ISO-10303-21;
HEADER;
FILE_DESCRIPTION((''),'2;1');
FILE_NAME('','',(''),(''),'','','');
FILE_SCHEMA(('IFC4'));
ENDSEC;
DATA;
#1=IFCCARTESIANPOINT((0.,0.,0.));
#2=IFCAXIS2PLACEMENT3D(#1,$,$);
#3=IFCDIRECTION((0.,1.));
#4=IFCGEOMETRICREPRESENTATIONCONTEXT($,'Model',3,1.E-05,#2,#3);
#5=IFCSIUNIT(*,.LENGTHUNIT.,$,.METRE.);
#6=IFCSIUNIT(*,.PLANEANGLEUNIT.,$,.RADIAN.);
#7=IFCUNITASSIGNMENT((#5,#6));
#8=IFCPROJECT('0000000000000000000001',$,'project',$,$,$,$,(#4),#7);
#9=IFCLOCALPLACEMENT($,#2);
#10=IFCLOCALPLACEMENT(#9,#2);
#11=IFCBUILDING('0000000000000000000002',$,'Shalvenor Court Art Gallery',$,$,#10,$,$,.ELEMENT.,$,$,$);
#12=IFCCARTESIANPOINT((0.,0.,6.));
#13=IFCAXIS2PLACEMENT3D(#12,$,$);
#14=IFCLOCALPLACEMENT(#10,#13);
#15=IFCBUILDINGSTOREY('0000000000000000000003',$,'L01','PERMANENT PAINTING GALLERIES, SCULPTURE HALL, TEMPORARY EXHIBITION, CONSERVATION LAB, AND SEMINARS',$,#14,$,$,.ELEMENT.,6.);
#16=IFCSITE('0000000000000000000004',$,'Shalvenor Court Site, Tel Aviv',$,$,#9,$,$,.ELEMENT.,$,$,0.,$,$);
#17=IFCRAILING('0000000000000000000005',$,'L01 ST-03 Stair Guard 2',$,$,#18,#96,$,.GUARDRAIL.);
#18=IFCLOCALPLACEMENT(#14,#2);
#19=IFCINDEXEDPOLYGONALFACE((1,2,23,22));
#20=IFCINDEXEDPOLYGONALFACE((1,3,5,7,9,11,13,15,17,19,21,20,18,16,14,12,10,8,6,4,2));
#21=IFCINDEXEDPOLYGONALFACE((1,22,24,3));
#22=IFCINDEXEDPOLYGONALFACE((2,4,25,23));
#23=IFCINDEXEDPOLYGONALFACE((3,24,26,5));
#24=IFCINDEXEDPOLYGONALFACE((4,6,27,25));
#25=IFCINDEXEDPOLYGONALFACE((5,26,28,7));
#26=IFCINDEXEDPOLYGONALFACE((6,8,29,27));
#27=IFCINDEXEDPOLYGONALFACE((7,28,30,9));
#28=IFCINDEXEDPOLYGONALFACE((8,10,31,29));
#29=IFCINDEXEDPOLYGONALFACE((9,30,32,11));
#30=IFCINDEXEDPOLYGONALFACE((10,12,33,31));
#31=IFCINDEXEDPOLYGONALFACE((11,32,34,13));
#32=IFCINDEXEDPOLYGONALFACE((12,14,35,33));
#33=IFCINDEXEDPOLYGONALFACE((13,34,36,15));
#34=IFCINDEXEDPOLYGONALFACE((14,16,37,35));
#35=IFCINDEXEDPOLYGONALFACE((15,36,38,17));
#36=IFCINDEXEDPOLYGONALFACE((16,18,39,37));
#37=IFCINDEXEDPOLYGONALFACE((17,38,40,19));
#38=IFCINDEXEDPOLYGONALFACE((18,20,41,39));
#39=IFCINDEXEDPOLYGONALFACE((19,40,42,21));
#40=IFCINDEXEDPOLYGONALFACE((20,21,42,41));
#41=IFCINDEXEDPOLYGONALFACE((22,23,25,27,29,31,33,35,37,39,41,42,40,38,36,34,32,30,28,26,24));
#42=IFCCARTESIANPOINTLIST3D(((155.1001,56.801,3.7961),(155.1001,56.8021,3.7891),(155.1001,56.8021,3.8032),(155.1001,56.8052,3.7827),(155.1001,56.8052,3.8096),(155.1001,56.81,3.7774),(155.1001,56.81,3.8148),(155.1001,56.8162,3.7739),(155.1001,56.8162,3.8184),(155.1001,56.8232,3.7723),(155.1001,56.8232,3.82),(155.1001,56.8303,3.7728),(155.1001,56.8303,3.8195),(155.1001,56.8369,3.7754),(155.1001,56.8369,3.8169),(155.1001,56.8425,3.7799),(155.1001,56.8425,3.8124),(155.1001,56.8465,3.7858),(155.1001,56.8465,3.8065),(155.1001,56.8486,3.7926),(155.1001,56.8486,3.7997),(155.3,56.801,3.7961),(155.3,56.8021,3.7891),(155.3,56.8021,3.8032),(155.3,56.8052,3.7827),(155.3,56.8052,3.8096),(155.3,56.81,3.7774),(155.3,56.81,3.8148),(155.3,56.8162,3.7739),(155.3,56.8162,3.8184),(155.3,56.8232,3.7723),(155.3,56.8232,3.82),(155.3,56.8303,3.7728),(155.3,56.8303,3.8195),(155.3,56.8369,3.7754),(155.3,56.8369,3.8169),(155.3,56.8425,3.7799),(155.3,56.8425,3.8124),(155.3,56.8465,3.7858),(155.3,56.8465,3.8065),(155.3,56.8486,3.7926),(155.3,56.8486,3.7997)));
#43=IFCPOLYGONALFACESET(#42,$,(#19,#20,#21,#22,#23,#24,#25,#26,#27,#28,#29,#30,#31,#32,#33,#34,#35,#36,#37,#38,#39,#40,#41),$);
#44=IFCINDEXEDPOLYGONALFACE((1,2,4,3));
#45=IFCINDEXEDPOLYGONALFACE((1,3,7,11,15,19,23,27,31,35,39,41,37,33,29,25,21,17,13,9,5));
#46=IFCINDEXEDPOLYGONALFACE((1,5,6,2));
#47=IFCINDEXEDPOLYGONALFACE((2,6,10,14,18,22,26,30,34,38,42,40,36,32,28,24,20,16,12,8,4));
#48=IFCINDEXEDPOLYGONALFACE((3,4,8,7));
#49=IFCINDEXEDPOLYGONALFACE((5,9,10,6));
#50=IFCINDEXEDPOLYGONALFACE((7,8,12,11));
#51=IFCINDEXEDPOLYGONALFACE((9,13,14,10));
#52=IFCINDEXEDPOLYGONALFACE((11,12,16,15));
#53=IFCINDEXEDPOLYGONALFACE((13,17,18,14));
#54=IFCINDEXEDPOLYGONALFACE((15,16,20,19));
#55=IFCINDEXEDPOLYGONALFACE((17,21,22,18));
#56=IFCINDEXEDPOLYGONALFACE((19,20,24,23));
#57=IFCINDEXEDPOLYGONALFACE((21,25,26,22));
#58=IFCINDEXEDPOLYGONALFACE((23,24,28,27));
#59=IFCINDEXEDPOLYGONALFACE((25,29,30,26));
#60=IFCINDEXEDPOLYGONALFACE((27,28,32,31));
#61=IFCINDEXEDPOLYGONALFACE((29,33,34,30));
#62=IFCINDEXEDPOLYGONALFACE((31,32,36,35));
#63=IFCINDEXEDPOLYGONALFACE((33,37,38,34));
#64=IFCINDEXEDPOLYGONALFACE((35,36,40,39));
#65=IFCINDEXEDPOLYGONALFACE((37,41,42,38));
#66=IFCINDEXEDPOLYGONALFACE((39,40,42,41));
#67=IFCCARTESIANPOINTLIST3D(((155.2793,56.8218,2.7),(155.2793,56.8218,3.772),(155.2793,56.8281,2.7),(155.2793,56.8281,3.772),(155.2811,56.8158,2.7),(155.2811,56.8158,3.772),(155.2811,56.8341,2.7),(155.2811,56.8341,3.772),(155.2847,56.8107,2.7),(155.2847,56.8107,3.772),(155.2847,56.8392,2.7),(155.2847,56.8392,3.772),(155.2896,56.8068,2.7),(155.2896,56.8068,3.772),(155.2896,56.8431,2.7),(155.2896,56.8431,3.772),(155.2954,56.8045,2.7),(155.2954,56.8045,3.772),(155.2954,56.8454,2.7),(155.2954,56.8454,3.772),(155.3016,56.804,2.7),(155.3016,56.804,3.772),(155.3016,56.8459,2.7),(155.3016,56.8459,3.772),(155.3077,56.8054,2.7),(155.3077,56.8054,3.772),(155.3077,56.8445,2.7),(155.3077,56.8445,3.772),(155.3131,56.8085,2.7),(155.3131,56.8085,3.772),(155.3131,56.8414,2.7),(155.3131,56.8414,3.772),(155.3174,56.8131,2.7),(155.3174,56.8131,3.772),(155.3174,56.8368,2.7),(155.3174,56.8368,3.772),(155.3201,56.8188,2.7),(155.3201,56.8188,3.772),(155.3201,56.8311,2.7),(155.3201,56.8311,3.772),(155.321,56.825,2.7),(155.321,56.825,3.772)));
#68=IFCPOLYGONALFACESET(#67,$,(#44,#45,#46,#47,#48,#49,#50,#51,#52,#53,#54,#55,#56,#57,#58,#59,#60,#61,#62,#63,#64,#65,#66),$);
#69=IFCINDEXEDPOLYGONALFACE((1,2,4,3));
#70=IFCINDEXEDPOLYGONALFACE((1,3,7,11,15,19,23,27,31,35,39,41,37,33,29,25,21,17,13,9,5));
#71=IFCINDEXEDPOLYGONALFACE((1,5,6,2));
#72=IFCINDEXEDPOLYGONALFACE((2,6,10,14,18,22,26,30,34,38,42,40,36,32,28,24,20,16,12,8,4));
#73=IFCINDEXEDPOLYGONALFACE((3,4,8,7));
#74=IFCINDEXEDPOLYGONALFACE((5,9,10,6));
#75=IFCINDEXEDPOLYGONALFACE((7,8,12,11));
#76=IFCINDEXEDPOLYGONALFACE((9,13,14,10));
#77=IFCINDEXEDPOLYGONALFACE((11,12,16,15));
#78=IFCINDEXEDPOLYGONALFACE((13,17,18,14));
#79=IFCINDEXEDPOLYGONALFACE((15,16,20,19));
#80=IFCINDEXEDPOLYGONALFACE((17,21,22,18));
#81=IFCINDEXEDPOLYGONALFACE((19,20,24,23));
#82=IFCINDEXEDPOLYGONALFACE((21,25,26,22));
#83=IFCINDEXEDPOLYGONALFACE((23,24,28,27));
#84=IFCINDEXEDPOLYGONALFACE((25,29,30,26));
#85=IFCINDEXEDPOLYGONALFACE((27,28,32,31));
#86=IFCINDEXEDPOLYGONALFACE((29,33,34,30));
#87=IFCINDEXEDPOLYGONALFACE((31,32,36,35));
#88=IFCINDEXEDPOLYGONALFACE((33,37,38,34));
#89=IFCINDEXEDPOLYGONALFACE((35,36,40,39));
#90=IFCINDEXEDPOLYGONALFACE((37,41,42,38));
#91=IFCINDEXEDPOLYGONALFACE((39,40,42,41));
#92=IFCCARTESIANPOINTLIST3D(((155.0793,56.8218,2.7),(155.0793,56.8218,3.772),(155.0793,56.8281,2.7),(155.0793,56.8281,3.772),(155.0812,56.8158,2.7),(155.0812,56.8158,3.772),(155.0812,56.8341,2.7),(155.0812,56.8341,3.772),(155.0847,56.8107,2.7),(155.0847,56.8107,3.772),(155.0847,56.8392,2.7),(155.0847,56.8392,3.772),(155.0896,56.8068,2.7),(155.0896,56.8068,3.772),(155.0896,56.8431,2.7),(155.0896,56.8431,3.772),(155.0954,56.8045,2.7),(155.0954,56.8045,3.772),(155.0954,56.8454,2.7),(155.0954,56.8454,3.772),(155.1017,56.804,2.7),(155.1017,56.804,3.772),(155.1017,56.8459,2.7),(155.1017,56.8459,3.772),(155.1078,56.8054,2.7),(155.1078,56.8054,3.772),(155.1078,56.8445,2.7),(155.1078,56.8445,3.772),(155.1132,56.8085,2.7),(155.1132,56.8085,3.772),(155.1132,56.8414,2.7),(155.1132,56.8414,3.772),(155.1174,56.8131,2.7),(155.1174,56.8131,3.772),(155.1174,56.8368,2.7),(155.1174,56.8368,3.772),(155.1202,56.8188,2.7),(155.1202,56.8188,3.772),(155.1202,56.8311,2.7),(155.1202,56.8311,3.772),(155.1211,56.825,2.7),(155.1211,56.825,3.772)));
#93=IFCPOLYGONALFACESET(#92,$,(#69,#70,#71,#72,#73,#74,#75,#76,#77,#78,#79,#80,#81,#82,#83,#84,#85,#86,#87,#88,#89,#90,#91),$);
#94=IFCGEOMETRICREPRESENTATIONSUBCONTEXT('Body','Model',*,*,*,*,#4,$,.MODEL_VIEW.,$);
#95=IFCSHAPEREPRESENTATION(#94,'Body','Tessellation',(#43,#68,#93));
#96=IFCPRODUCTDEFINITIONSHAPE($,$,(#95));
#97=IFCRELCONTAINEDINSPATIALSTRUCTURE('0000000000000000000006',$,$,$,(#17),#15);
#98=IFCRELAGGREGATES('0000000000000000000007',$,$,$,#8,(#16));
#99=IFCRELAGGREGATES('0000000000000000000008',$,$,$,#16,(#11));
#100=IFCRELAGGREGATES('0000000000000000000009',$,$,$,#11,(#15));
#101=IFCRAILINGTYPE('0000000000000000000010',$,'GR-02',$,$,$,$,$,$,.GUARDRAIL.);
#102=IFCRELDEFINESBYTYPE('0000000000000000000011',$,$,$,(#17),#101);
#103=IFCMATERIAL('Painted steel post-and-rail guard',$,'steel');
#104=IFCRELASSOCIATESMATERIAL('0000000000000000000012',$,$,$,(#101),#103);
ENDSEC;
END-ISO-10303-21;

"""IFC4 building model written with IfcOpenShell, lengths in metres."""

from ifc_helpers import new_model, si_unit, direction, frame, origin, origin_2d, place, context, subcontext, project, spatial, circle, extrude, material, type_object, element, save


model = new_model("IFC4")

# Units and contexts
model_context = context("Model", 3, precision=1e-05, world=origin(), true_north=direction((0.0, 1.0)))
body_context = subcontext(model_context, "Body", "Model", "MODEL_VIEW")
ifc_project = project(units=[si_unit("LENGTHUNIT", "METRE"), si_unit("PLANEANGLEUNIT", "RADIAN")], contexts=[model_context])

# Site, building, storey
site_placement = place(None, origin())
site = spatial("IfcSite", under=ifc_project, at=site_placement, Name="Shalvenor Court Site, Tel Aviv", CompositionType="ELEMENT", RefElevation=0.0)
building_placement = place(site_placement, origin())
building = spatial("IfcBuilding", under=site, at=building_placement, Name="Shalvenor Court Art Gallery", CompositionType="ELEMENT")
storey_placement = place(building_placement, frame((0.0, 0.0, 6.0)))
storey = spatial("IfcBuildingStorey", under=building, at=storey_placement, Name="L01", Description="PERMANENT PAINTING GALLERIES, SCULPTURE HALL, TEMPORARY EXHIBITION, CONSERVATION LAB, AND SEMINARS", CompositionType="ELEMENT", Elevation=6.0)

# Railing
ifc_material_1 = material(Name="Painted steel post-and-rail guard", Category="steel")
railing_type_1 = type_object("IfcRailingType", Name="GR-02", PredefinedType="GUARDRAIL", material=ifc_material_1)
railing_1_placement = place(storey_placement, frame((155.3, 56.825, 2.7)))
element("IfcRailing", 1, at=railing_1_placement, inside=storey, type_object=railing_type_1, Name="L01 ST-03 Stair Guard 2", PredefinedType="GUARDRAIL", context=body_context, shape_type="SweptSolid", body=[
    extrude(circle(Radius=0.0239, at=origin_2d()), frame((0.0, 0.0, 1.0962), z_axis=(-1.0, 0.0, 0.0), x_axis=(0.0, -1.0, 0.0)), (0.0, 0.0, 1.0), 0.2),
    extrude(circle(Radius=0.021, at=origin_2d()), origin(), (0.0, 0.0, 1.0), 1.072),
    extrude(circle(Radius=0.021, at=origin_2d()), frame((-0.2, 0.0, 0.0)), (0.0, 0.0, 1.0), 1.072),
])

save(model, "model.ifc")
